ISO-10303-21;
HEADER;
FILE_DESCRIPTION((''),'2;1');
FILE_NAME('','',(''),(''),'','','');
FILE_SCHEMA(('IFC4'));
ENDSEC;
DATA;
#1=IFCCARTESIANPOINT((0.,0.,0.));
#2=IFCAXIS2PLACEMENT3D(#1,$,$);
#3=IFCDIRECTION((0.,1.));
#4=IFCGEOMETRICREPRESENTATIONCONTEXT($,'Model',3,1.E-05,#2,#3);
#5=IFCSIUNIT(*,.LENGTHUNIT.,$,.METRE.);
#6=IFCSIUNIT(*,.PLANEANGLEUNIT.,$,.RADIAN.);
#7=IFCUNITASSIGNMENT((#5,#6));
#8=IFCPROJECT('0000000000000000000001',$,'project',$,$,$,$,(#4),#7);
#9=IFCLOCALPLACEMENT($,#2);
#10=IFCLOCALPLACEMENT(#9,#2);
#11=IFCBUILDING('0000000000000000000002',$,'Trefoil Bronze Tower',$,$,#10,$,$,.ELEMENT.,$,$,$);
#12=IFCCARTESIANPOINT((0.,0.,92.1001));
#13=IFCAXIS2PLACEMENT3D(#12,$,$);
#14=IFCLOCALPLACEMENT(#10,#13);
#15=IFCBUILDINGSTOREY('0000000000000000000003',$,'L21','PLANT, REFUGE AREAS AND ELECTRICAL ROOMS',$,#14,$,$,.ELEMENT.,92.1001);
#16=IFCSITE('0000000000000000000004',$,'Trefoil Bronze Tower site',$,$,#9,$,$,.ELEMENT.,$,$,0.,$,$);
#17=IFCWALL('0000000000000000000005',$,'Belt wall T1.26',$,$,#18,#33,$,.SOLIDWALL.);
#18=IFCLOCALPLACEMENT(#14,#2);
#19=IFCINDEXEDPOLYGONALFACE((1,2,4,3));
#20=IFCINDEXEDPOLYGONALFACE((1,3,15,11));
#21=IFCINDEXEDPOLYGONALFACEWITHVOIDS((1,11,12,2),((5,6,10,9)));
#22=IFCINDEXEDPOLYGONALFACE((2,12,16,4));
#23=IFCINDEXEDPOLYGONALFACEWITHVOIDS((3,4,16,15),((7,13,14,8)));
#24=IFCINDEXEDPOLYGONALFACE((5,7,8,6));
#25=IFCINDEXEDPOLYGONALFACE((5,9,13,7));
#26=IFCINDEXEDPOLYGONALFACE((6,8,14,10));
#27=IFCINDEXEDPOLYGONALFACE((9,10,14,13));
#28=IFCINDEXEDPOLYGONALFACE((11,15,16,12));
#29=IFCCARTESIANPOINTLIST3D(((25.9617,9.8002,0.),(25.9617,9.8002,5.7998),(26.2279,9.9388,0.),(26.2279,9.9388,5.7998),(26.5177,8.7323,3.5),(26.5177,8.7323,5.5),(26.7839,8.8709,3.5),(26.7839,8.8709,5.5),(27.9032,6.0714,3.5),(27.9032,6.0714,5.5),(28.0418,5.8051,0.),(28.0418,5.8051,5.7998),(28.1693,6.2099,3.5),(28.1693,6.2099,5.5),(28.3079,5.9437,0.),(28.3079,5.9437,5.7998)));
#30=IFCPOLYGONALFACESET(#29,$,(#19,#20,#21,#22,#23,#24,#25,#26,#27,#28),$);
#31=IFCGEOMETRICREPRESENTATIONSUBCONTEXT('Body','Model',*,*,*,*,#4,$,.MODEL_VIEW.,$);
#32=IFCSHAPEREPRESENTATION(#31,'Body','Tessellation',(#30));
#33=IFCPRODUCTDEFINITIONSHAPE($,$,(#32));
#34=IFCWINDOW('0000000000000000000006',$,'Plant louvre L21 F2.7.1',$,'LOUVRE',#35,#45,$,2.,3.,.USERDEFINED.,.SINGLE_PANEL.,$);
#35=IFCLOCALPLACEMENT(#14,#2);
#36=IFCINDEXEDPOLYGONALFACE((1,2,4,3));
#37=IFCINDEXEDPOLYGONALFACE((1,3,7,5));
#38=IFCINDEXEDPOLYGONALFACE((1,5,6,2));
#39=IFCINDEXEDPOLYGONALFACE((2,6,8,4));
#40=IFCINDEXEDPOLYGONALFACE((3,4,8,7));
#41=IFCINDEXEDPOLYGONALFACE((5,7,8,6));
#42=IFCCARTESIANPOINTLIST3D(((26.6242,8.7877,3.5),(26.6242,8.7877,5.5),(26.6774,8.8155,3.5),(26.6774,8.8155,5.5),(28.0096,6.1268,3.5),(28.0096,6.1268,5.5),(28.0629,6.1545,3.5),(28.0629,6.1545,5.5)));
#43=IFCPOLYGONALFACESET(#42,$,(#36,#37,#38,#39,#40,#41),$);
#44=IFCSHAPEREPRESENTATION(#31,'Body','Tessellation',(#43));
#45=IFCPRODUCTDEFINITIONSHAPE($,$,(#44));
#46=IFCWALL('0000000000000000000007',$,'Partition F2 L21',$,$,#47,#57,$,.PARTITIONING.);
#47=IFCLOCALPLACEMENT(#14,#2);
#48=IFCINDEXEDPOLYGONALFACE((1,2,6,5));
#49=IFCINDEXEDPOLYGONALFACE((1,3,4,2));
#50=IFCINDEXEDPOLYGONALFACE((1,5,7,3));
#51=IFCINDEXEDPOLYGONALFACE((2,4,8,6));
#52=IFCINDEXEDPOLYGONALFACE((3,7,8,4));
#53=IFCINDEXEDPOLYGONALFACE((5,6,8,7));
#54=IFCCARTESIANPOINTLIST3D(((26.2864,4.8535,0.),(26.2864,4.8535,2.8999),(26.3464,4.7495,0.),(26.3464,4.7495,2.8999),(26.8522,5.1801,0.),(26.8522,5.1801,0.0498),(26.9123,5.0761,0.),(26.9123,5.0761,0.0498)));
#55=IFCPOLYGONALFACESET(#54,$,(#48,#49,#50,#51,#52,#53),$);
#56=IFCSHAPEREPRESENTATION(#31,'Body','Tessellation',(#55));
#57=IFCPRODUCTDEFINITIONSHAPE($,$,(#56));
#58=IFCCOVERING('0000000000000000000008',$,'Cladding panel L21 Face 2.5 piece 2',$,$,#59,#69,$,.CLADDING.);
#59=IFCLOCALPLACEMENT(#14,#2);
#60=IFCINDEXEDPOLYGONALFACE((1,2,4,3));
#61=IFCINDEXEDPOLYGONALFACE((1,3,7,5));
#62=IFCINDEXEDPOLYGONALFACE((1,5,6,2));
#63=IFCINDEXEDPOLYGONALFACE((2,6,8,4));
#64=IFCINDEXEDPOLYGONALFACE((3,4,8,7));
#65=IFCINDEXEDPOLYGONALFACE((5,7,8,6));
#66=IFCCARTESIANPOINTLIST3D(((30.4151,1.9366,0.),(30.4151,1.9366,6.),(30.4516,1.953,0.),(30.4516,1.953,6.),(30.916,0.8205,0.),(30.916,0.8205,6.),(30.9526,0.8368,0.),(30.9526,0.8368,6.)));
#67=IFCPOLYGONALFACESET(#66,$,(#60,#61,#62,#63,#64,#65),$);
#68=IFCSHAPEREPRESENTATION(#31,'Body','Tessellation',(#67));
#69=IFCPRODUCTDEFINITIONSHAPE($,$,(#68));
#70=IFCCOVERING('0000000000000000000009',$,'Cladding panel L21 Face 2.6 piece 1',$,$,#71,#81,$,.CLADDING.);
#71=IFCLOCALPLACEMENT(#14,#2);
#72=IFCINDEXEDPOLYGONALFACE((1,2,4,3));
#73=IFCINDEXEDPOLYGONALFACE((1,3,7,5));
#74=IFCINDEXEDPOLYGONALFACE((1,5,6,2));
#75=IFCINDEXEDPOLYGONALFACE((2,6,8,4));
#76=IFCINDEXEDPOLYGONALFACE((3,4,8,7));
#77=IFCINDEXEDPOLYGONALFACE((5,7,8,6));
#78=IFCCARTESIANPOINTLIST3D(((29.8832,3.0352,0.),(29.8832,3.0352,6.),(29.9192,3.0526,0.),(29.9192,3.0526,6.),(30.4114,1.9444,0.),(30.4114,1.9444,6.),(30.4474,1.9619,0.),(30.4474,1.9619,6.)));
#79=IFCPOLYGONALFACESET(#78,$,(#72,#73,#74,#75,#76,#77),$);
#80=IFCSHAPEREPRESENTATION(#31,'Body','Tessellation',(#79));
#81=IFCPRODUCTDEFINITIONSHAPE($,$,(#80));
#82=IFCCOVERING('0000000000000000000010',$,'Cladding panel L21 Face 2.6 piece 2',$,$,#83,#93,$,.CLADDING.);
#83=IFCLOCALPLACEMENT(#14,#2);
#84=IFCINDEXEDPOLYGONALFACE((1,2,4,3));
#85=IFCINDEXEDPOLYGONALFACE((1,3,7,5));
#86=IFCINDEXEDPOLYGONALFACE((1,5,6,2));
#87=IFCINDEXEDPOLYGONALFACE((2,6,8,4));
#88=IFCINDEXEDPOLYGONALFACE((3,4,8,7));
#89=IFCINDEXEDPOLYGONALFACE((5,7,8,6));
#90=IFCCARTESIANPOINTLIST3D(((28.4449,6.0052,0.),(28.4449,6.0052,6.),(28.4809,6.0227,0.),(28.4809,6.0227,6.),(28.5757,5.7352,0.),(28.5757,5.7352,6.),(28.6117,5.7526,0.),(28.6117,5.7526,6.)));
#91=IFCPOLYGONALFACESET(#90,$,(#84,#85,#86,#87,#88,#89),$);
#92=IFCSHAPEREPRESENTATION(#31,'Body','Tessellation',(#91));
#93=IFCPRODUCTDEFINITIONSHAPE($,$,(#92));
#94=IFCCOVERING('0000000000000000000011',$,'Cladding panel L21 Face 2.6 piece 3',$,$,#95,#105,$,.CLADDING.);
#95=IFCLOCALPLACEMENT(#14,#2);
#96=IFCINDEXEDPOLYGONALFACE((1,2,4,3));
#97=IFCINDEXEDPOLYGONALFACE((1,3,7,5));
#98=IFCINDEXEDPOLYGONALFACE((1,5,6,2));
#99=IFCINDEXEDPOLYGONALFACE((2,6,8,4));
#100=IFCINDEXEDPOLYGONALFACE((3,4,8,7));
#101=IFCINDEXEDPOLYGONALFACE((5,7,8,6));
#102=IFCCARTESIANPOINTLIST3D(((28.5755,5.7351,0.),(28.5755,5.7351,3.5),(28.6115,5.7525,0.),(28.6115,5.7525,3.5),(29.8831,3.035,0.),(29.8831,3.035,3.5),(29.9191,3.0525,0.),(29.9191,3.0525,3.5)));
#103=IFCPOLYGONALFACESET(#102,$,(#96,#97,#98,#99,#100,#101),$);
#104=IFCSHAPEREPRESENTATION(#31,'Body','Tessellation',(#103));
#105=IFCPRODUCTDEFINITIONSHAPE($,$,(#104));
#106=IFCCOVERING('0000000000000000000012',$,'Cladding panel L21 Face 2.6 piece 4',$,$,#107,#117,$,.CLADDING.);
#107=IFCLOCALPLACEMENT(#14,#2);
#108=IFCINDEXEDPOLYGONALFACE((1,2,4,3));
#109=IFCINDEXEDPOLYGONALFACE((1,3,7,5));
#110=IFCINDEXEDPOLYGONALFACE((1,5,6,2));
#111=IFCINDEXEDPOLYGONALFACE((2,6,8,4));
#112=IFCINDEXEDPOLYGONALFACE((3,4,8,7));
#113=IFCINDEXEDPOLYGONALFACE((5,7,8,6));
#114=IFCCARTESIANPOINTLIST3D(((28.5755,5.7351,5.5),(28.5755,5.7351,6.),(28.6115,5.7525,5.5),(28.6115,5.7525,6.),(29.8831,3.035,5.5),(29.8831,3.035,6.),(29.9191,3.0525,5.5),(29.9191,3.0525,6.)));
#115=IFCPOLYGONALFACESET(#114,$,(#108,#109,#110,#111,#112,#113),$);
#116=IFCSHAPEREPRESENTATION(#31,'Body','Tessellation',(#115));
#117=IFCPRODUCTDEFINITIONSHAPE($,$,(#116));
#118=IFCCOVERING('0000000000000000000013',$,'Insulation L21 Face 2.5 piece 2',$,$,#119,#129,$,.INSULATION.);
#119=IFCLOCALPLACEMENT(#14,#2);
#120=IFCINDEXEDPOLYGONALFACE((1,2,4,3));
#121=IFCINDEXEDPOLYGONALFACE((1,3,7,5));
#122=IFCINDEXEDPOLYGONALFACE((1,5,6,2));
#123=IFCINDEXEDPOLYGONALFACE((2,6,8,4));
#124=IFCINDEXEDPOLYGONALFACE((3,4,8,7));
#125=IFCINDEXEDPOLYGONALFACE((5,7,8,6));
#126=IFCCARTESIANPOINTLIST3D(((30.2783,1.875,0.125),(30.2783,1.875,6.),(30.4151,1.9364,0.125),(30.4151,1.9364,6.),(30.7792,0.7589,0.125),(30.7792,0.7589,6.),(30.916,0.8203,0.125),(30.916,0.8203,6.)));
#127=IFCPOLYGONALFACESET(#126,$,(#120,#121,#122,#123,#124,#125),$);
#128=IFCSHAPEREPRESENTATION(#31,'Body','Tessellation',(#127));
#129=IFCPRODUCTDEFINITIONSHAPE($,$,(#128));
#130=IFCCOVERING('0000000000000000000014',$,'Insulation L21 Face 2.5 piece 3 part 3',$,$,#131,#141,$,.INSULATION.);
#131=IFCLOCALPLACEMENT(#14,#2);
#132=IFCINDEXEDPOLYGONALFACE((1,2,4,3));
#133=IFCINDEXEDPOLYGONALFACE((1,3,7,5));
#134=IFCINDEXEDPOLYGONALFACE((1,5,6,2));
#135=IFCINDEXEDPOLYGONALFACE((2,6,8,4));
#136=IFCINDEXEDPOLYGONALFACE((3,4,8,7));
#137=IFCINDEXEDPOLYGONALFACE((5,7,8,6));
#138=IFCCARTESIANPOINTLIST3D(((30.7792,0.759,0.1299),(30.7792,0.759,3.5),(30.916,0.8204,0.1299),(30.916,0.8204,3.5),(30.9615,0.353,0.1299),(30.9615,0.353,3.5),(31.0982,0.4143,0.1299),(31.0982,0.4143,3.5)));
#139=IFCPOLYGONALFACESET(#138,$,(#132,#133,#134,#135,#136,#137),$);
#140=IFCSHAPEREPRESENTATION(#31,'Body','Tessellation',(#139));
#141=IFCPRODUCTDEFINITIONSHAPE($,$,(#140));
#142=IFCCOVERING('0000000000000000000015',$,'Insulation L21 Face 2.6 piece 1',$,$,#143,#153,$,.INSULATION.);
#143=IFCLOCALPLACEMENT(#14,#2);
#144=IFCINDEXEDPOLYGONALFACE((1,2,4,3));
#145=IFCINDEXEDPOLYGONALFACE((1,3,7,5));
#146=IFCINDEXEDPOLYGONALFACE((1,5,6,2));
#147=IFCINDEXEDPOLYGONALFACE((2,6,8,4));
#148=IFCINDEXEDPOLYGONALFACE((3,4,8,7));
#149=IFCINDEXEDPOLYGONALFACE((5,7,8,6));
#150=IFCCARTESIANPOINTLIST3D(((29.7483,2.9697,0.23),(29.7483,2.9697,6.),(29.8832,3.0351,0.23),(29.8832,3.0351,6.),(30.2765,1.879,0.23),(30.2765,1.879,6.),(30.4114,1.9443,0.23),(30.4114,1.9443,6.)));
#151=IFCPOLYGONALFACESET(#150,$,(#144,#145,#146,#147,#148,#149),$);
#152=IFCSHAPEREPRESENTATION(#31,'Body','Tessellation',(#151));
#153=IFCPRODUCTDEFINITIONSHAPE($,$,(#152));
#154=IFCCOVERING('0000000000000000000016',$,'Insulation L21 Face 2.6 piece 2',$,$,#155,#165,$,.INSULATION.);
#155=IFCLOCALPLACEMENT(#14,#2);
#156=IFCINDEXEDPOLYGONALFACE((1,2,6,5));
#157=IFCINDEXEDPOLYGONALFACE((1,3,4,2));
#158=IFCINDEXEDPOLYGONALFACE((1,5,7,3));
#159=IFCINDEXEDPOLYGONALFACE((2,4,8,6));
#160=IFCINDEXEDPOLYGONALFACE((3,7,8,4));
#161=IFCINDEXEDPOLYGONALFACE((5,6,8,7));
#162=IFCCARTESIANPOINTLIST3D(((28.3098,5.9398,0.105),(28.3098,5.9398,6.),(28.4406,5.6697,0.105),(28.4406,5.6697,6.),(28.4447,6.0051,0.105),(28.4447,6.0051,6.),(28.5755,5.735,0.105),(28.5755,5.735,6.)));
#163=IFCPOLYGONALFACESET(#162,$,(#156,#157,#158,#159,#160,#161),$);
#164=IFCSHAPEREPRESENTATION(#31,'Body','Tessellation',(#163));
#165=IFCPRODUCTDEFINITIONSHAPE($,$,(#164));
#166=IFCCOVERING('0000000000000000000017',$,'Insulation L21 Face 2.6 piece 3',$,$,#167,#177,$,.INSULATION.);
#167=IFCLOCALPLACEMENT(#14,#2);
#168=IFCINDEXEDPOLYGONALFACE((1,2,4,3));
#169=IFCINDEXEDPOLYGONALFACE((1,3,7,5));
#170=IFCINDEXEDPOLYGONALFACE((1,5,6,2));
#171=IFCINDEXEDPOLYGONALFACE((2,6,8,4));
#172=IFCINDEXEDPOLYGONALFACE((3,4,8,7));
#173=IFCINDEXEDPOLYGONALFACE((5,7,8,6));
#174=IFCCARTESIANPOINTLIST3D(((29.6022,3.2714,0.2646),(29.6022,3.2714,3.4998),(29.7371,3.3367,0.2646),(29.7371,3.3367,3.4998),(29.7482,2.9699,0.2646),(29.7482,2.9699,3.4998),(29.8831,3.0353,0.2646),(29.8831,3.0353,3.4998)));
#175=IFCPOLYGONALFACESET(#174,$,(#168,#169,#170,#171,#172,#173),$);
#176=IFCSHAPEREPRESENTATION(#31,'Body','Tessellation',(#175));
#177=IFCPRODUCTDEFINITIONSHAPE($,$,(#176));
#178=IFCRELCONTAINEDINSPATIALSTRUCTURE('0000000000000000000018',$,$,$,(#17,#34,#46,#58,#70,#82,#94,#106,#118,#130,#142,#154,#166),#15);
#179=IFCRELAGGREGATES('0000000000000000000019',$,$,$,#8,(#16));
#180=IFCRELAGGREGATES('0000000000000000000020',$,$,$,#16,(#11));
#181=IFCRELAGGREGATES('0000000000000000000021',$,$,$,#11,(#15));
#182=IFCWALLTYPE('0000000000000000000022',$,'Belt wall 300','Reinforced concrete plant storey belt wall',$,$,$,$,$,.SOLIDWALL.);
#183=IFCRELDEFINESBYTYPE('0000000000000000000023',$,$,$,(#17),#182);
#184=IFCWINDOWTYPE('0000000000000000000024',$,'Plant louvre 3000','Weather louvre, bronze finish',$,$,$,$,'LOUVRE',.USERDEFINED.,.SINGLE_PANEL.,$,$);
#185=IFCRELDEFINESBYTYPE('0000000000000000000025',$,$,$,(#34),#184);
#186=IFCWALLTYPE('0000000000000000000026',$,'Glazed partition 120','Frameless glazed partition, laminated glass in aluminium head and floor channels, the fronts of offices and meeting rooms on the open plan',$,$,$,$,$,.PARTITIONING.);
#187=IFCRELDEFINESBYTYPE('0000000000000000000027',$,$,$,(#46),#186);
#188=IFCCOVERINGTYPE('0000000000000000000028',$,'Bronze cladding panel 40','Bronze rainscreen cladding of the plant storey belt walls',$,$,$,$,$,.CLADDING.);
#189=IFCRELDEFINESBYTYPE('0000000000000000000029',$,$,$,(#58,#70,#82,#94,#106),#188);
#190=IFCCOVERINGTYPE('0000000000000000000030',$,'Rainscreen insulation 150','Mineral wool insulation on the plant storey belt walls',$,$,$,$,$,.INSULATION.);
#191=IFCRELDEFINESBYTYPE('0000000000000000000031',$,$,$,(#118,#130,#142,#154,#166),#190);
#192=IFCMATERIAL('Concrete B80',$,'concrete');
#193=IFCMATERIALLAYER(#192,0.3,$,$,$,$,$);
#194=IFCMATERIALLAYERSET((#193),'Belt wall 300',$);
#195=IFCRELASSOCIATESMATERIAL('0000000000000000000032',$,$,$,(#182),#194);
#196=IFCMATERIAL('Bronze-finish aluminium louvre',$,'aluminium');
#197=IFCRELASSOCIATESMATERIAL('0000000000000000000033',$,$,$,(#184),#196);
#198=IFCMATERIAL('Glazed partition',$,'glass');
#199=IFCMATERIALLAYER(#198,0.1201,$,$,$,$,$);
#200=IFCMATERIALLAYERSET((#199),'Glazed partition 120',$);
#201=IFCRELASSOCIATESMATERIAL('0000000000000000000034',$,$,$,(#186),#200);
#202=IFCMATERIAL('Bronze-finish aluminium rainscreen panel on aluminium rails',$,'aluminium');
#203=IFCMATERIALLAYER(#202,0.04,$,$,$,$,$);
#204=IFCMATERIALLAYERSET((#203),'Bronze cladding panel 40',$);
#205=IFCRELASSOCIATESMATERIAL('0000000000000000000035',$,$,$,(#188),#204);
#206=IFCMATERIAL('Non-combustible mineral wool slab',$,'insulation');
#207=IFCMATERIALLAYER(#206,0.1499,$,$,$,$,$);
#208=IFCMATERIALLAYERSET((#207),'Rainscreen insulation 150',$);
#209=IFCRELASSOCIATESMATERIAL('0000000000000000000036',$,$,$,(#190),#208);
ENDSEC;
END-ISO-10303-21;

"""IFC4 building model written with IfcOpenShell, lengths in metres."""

from ifc_helpers import new_model, si_unit, direction, frame, frame_2d, origin, origin_2d, place, context, subcontext, project, spatial, polyline, rectangle, outline, extrude, material, layer, layer_set, type_object, element, fill, save


model = new_model("IFC4")

# Units and contexts
model_context = context("Model", 3, precision=1e-05, world=origin(), true_north=direction((0.0, 1.0)))
body_context = subcontext(model_context, "Body", "Model", "MODEL_VIEW")
ifc_project = project(units=[si_unit("LENGTHUNIT", "METRE"), si_unit("PLANEANGLEUNIT", "RADIAN")], contexts=[model_context])

# Site, building, storey
site_placement = place(None, origin())
site = spatial("IfcSite", under=ifc_project, at=site_placement, Name="Trefoil Bronze Tower site", CompositionType="ELEMENT", RefElevation=0.0)
building_placement = place(site_placement, origin())
building = spatial("IfcBuilding", under=site, at=building_placement, Name="Trefoil Bronze Tower", CompositionType="ELEMENT")
storey_placement = place(building_placement, frame((0.0, 0.0, 92.1001)))
storey = spatial("IfcBuildingStorey", under=building, at=storey_placement, Name="L21", Description="PLANT, REFUGE AREAS AND ELECTRICAL ROOMS", CompositionType="ELEMENT", Elevation=92.1001)

# Wall, opening, window
ifc_material_1 = material(Name="Concrete B80", Category="concrete")
ifc_layer_1 = layer(ifc_material_1, 0.3)
ifc_layer_set_1 = layer_set([ifc_layer_1], Name="Belt wall 300")
wall_type_1 = type_object("IfcWallType", Name="Belt wall 300", Description="Reinforced concrete plant storey belt wall", PredefinedType="SOLIDWALL", material=ifc_layer_set_1)
ifc_material_2 = material(Name="Bronze-finish aluminium louvre", Category="aluminium")
window_type = type_object("IfcWindowType", Name="Plant louvre 3000", Description="Weather louvre, bronze finish", ElementType="LOUVRE", PartitioningType="SINGLE_PANEL", PredefinedType="USERDEFINED", material=ifc_material_2)
wall_1_placement = place(storey_placement, frame((28.1748, 5.8745, 0.0), z_axis=(0.0, 0.0, 1.0), x_axis=(-0.46181, 0.886979, 0.0)))
wall_1 = element("IfcWall", 1, at=wall_1_placement, inside=storey, type_object=wall_type_1, Name="Belt wall T1.26", PredefinedType="SOLIDWALL", context=body_context, shape_type="SweptSolid", body=[
    extrude(rectangle(XDim=4.5042, YDim=0.3, at=frame_2d((2.252, 0.0))), origin(), (0.0, 0.0, 1.0), 5.7998),
])
opening_1_placement = place(wall_1_placement, frame((0.3, 0.0, 3.5)))
opening_1 = element("IfcOpeningElement", 2, at=opening_1_placement, cuts=wall_1, PredefinedType="OPENING", context=body_context, shape_type="SweptSolid", body=[
    extrude(rectangle(XDim=3.0, YDim=2.0, at=frame_2d((1.5, 1.0))), frame((0.0, 0.1599, 0.0), z_axis=(0.0, -1.0, 0.0), x_axis=(1.0, 0.0, 0.0)), (0.0, 0.0, 1.0), 0.3201),
])
window_1_placement = place(opening_1_placement, origin())
window_1 = element("IfcWindow", 3, at=window_1_placement, inside=storey, type_object=window_type, Name="Plant louvre L21 F2.7.1", ObjectType="LOUVRE", OverallHeight=2.0, OverallWidth=3.0, PartitioningType="SINGLE_PANEL", PredefinedType="USERDEFINED", context=body_context, shape_type="SweptSolid", body=[
    extrude(rectangle(XDim=3.0, YDim=2.0, at=frame_2d((1.5, 1.0))), frame((0.0, 0.03, 0.0), z_axis=(0.0, -1.0, 0.0), x_axis=(1.0, 0.0, 0.0)), (0.0, 0.0, 1.0), 0.0601),
])
fill(opening_1, window_1)

# Wall
ifc_material_3 = material(Name="Glazed partition", Category="glass")
ifc_layer_2 = layer(ifc_material_3, 0.1201)
ifc_layer_set_2 = layer_set([ifc_layer_2], Name="Glazed partition 120")
wall_type_2 = type_object("IfcWallType", Name="Glazed partition 120", Description="Frameless glazed partition, laminated glass in aluminium head and floor channels, the fronts of offices and meeting rooms on the open plan", PredefinedType="PARTITIONING", material=ifc_layer_set_2)
wall_2_placement = place(storey_placement, frame((26.3164, 4.8015, 0.0), z_axis=(0.0, 0.0, 1.0), x_axis=(0.866074, 0.499917, 0.0)))
element("IfcWall", 4, at=wall_2_placement, inside=storey, type_object=wall_type_2, Name="Partition F2 L21", PredefinedType="PARTITIONING", context=body_context, shape_type="SweptSolid", body=[
    extrude(outline(polyline([(0.0, 0.0), (0.6533, 0.0), (0.6533, 0.0498), (0.0, 2.8999), (0.0, 0.0)])), frame((0.0, 0.0601, 0.0), z_axis=(0.0, -1.0, 0.0), x_axis=(1.0, 0.0, 0.0)), (0.0, 0.0, 1.0), 0.1201),
])

# Coverings
ifc_material_4 = material(Name="Bronze-finish aluminium rainscreen panel on aluminium rails", Category="aluminium")
ifc_layer_3 = layer(ifc_material_4, 0.04)
ifc_layer_set_3 = layer_set([ifc_layer_3], Name="Bronze cladding panel 40")
covering_type_1 = type_object("IfcCoveringType", Name="Bronze cladding panel 40", Description="Bronze rainscreen cladding of the plant storey belt walls", PredefinedType="CLADDING", material=ifc_layer_set_3)
covering_1_placement = place(storey_placement, frame((30.6838, 1.3867, 0.0), z_axis=(0.0, 0.0, 1.0), x_axis=(-0.409456, 0.91233, 0.0)))
element("IfcCovering", 5, at=covering_1_placement, inside=storey, type_object=covering_type_1, Name="Cladding panel L21 Face 2.5 piece 2", PredefinedType="CLADDING", context=body_context, shape_type="SweptSolid", body=[
    extrude(rectangle(XDim=1.2234, YDim=0.04, at=origin_2d()), origin(), (0.0, 0.0, 1.0), 6.0),
])
covering_2_placement = place(storey_placement, frame((30.1653, 2.4985, 0.0), z_axis=(0.0, 0.0, 1.0), x_axis=(-0.435855, 0.900017, 0.0)))
element("IfcCovering", 6, at=covering_2_placement, inside=storey, type_object=covering_type_1, Name="Cladding panel L21 Face 2.6 piece 1", PredefinedType="CLADDING", context=body_context, shape_type="SweptSolid", body=[
    extrude(rectangle(XDim=1.2119, YDim=0.04, at=origin_2d()), origin(), (0.0, 0.0, 1.0), 6.0),
])
covering_3_placement = place(storey_placement, frame((28.5283, 5.8789, 0.0), z_axis=(0.0, 0.0, 1.0), x_axis=(-0.435855, 0.900017, 0.0)))
element("IfcCovering", 7, at=covering_3_placement, inside=storey, type_object=covering_type_1, Name="Cladding panel L21 Face 2.6 piece 2", PredefinedType="CLADDING", context=body_context, shape_type="SweptSolid", body=[
    extrude(rectangle(XDim=0.3, YDim=0.04, at=origin_2d()), origin(), (0.0, 0.0, 1.0), 6.0),
])
covering_4_placement = place(storey_placement, frame((29.2473, 4.3938, 0.0), z_axis=(0.0, 0.0, 1.0), x_axis=(-0.435855, 0.900017, 0.0)))
element("IfcCovering", 8, at=covering_4_placement, inside=storey, type_object=covering_type_1, Name="Cladding panel L21 Face 2.6 piece 3", PredefinedType="CLADDING", context=body_context, shape_type="SweptSolid", body=[
    extrude(rectangle(XDim=3.0, YDim=0.04, at=origin_2d()), origin(), (0.0, 0.0, 1.0), 3.5),
])
covering_5_placement = place(storey_placement, frame((29.2473, 4.3938, 5.5), z_axis=(0.0, 0.0, 1.0), x_axis=(-0.435855, 0.900017, 0.0)))
element("IfcCovering", 9, at=covering_5_placement, inside=storey, type_object=covering_type_1, Name="Cladding panel L21 Face 2.6 piece 4", PredefinedType="CLADDING", context=body_context, shape_type="SweptSolid", body=[
    extrude(rectangle(XDim=3.0, YDim=0.04, at=origin_2d()), origin(), (0.0, 0.0, 1.0), 0.5),
])
ifc_material_5 = material(Name="Non-combustible mineral wool slab", Category="insulation")
ifc_layer_4 = layer(ifc_material_5, 0.1499)
ifc_layer_set_4 = layer_set([ifc_layer_4], Name="Rainscreen insulation 150")
covering_type_2 = type_object("IfcCoveringType", Name="Rainscreen insulation 150", Description="Mineral wool insulation on the plant storey belt walls", PredefinedType="INSULATION", material=ifc_layer_set_4)
covering_6_placement = place(storey_placement, frame((30.5972, 1.3477, 0.125), z_axis=(0.0, 0.0, 1.0), x_axis=(-0.409456, 0.91233, 0.0)))
element("IfcCovering", 10, at=covering_6_placement, inside=storey, type_object=covering_type_2, Name="Insulation L21 Face 2.5 piece 2", PredefinedType="INSULATION", context=body_context, shape_type="SweptSolid", body=[
    extrude(rectangle(XDim=1.2234, YDim=0.1499, at=origin_2d()), origin(), (0.0, 0.0, 1.0), 5.875),
])
covering_7_placement = place(storey_placement, frame((30.9387, 0.5867, 0.1299), z_axis=(0.0, 0.0, 1.0), x_axis=(-0.409456, 0.91233, 0.0)))
element("IfcCovering", 11, at=covering_7_placement, inside=storey, type_object=covering_type_2, Name="Insulation L21 Face 2.5 piece 3 part 3", PredefinedType="INSULATION", context=body_context, shape_type="SweptSolid", body=[
    extrude(rectangle(XDim=0.4451, YDim=0.1499, at=origin_2d()), origin(), (0.0, 0.0, 1.0), 3.3701),
])
covering_8_placement = place(storey_placement, frame((30.0798, 2.457, 0.23), z_axis=(0.0, 0.0, 1.0), x_axis=(-0.435855, 0.900017, 0.0)))
element("IfcCovering", 12, at=covering_8_placement, inside=storey, type_object=covering_type_2, Name="Insulation L21 Face 2.6 piece 1", PredefinedType="INSULATION", context=body_context, shape_type="SweptSolid", body=[
    extrude(rectangle(XDim=1.2119, YDim=0.1499, at=origin_2d()), origin(), (0.0, 0.0, 1.0), 5.77),
])
covering_9_placement = place(storey_placement, frame((28.4426, 5.8374, 0.105), z_axis=(0.0, 0.0, 1.0), x_axis=(-0.435855, 0.900017, 0.0)))
element("IfcCovering", 13, at=covering_9_placement, inside=storey, type_object=covering_type_2, Name="Insulation L21 Face 2.6 piece 2", PredefinedType="INSULATION", context=body_context, shape_type="SweptSolid", body=[
    extrude(rectangle(XDim=0.3, YDim=0.1499, at=origin_2d()), origin(), (0.0, 0.0, 1.0), 5.895),
])
covering_10_placement = place(storey_placement, frame((29.7427, 3.1533, 0.2646), z_axis=(0.0, 0.0, 1.0), x_axis=(-0.435855, 0.900017, 0.0)))
element("IfcCovering", 14, at=covering_10_placement, inside=storey, type_object=covering_type_2, Name="Insulation L21 Face 2.6 piece 3", PredefinedType="INSULATION", context=body_context, shape_type="SweptSolid", body=[
    extrude(rectangle(XDim=0.335, YDim=0.1499, at=origin_2d()), origin(), (0.0, 0.0, 1.0), 3.2351),
])

save(model, "model.ifc")
